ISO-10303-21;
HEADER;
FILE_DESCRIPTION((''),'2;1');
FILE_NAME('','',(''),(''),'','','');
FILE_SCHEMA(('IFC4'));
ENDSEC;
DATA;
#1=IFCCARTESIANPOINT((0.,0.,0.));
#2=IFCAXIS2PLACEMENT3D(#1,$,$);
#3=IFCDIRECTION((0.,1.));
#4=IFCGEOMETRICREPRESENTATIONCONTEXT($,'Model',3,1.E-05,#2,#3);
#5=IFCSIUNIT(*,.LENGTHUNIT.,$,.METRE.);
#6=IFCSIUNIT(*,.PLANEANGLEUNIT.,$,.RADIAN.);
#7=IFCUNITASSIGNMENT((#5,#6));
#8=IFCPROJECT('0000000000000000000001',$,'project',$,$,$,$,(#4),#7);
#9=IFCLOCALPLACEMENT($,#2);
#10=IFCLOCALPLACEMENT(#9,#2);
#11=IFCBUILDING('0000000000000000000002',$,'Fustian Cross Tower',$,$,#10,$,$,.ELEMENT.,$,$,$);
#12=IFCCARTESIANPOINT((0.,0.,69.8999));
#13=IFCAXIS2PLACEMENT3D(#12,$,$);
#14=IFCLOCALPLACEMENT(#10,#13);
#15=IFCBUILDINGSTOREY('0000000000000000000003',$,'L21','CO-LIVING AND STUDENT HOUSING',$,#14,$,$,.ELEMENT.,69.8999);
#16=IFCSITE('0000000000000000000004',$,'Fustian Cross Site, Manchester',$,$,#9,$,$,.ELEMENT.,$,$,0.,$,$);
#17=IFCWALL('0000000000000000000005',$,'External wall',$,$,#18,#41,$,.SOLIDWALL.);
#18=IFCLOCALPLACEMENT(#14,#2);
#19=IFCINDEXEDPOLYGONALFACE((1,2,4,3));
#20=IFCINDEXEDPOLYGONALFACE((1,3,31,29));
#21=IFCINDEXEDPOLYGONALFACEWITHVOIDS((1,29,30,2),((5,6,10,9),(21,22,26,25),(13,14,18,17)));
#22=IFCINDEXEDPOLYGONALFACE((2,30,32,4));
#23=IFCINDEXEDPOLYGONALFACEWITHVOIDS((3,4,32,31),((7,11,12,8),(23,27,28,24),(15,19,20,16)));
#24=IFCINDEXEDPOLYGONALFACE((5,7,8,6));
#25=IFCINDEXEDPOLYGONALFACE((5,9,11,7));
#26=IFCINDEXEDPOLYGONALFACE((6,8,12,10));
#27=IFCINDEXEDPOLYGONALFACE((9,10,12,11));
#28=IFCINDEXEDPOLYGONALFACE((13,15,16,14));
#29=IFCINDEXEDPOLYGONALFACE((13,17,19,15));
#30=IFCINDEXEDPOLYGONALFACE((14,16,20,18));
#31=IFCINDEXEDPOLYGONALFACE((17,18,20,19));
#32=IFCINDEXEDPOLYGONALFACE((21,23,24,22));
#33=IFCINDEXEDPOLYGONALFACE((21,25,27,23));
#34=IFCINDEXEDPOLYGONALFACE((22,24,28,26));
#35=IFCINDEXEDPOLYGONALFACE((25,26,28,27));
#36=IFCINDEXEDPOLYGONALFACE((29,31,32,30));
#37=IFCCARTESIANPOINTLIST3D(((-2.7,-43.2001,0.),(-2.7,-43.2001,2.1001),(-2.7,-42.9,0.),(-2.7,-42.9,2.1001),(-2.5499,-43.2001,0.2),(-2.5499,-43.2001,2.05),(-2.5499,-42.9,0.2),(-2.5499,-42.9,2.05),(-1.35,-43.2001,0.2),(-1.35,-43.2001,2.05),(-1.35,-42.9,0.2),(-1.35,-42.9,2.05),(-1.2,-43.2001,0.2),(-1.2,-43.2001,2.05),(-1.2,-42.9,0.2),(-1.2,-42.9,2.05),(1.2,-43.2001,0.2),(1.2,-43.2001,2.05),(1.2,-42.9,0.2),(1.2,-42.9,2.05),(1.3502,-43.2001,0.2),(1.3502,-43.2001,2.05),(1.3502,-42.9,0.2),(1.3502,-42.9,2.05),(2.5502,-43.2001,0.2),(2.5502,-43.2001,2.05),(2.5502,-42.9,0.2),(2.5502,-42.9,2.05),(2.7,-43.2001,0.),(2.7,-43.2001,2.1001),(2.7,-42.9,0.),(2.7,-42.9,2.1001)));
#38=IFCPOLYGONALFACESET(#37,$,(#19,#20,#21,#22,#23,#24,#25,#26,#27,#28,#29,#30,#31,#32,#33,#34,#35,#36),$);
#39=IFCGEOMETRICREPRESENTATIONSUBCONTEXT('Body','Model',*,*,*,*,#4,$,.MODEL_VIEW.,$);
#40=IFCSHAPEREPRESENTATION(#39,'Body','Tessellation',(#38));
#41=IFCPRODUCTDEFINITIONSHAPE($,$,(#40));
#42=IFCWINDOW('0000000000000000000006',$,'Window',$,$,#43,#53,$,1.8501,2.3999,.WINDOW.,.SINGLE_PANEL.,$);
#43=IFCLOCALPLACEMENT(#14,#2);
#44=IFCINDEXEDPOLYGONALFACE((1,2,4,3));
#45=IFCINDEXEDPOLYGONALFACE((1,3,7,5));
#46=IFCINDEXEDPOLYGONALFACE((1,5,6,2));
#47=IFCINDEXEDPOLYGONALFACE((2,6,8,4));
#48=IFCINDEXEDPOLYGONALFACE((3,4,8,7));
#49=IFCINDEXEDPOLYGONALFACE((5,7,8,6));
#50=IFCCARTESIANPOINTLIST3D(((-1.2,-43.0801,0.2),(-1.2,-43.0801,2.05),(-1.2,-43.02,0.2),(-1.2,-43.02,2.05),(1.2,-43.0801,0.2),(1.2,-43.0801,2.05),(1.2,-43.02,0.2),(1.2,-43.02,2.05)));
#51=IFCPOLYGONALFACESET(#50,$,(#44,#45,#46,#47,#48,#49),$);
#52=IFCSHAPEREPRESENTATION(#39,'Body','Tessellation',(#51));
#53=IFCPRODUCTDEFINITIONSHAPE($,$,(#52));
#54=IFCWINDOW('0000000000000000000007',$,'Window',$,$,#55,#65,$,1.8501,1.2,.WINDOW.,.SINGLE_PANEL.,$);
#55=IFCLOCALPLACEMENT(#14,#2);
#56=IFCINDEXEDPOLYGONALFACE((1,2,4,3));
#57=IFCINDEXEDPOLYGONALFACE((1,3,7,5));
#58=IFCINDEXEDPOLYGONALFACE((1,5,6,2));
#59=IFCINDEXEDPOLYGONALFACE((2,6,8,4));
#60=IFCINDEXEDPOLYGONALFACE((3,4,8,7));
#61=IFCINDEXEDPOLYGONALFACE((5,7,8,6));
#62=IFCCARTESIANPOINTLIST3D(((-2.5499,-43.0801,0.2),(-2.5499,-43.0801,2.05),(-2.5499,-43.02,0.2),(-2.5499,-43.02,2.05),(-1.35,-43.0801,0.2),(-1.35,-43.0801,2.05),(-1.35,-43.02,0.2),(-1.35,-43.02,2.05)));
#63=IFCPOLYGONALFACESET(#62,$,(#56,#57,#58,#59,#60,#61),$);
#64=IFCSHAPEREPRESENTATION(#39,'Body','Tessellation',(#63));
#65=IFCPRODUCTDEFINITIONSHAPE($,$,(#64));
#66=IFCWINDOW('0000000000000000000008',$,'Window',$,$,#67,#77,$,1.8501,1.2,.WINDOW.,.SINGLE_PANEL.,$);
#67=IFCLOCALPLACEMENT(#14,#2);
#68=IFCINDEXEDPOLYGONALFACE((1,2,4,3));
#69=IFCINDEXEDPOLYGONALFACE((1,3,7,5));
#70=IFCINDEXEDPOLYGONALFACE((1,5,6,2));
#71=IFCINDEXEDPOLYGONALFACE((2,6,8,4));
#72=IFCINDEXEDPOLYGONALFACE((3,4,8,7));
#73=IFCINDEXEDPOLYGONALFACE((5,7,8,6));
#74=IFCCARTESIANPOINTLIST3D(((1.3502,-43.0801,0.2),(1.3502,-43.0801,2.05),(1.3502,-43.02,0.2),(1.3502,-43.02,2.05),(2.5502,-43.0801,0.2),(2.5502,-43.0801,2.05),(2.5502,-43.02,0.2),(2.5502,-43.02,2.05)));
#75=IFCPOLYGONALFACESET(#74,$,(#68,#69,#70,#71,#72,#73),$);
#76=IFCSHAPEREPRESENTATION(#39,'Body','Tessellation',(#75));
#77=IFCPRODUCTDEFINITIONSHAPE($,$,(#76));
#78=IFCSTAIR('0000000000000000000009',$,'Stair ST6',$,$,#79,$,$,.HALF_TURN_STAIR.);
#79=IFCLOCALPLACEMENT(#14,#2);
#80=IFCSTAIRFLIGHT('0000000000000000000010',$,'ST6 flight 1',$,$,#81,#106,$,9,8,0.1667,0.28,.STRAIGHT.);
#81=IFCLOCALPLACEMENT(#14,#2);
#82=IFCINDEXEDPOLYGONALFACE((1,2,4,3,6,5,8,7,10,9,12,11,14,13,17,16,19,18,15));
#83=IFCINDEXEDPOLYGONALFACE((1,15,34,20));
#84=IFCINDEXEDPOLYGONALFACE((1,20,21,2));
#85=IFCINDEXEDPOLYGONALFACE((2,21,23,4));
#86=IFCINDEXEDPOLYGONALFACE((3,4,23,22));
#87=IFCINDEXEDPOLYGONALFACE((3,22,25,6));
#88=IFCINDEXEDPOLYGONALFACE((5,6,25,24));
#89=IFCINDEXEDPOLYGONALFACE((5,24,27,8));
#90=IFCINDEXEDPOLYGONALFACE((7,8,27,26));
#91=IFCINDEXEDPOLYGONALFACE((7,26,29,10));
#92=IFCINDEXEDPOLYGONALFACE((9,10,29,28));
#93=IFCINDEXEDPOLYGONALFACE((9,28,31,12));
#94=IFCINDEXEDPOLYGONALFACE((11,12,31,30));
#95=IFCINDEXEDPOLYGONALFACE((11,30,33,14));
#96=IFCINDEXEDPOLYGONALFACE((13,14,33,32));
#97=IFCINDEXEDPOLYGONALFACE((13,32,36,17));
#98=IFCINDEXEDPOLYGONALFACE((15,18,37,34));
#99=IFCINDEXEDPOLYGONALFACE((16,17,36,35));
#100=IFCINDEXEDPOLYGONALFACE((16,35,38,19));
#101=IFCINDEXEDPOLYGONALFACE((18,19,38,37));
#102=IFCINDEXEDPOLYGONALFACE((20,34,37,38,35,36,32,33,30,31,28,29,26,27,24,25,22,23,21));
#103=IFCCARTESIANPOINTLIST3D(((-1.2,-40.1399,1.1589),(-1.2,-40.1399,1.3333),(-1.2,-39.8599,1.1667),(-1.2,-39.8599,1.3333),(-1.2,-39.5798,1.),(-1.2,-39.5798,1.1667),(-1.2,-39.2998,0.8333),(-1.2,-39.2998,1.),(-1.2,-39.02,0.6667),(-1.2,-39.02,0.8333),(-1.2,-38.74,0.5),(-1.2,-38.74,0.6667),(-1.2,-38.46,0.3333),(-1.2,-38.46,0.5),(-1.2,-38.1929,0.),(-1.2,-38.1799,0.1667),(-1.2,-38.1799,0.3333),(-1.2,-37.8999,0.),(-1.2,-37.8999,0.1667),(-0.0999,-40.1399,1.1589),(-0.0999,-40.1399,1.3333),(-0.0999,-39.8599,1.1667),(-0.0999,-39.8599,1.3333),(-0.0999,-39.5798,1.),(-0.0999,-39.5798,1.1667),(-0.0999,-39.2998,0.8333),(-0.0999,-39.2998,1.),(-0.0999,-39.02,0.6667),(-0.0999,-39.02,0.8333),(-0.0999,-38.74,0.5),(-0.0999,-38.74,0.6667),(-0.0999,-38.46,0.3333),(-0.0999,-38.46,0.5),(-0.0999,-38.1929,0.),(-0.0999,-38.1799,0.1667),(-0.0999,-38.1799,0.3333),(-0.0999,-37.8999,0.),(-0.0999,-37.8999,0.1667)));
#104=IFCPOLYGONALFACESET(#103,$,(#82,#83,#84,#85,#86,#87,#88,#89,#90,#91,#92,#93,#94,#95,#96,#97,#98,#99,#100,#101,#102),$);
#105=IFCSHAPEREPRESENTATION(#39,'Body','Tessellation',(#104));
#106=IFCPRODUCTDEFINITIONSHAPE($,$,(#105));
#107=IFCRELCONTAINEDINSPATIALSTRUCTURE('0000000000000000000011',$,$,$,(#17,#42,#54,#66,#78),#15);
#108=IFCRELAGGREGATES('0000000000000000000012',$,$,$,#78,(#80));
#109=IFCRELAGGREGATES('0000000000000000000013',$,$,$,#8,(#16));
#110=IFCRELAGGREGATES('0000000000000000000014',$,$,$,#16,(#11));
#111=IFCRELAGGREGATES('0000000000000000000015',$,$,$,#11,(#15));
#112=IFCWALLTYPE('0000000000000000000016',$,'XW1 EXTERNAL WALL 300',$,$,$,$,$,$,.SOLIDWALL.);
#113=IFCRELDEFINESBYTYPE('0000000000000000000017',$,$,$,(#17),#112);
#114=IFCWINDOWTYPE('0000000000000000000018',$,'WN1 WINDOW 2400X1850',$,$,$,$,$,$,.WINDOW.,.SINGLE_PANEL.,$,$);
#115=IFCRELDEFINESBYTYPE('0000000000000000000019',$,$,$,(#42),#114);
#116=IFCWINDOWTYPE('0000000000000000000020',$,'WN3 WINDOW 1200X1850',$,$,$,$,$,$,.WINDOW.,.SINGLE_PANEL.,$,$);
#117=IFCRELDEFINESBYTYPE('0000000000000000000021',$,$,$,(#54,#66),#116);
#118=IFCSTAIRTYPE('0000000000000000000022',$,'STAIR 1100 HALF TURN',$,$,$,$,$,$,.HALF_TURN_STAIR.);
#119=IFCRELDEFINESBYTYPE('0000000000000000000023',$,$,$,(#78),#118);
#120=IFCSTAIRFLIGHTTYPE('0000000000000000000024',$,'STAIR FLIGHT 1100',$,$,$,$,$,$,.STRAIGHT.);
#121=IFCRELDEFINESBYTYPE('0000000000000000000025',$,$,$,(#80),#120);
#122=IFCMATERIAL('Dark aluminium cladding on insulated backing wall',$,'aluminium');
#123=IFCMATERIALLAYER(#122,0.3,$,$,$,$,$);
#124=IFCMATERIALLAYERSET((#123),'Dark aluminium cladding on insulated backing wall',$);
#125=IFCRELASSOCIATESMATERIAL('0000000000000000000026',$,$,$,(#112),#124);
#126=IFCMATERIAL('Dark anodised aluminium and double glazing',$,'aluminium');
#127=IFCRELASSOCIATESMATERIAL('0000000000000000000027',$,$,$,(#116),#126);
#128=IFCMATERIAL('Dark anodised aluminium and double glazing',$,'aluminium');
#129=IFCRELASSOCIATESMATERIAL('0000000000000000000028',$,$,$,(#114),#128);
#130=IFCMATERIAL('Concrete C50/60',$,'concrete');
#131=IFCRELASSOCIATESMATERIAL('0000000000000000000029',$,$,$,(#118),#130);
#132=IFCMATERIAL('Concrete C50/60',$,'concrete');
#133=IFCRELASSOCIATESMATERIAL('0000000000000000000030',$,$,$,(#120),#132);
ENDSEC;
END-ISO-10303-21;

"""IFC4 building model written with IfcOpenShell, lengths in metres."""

from ifc_helpers import new_model, si_unit, direction, frame, frame_2d, origin, place, context, subcontext, project, spatial, polyline, rectangle, outline, extrude, material, layer, layer_set, type_object, element, fill, aggregate, save


model = new_model("IFC4")

# Units and contexts
model_context = context("Model", 3, precision=1e-05, world=origin(), true_north=direction((0.0, 1.0)))
body_context = subcontext(model_context, "Body", "Model", "MODEL_VIEW")
ifc_project = project(units=[si_unit("LENGTHUNIT", "METRE"), si_unit("PLANEANGLEUNIT", "RADIAN")], contexts=[model_context])

# Site, building, storey
site_placement = place(None, origin())
site = spatial("IfcSite", under=ifc_project, at=site_placement, Name="Fustian Cross Site, Manchester", CompositionType="ELEMENT", RefElevation=0.0)
building_placement = place(site_placement, origin())
building = spatial("IfcBuilding", under=site, at=building_placement, Name="Fustian Cross Tower", CompositionType="ELEMENT")
storey_placement = place(building_placement, frame((0.0, 0.0, 69.8999)))
storey = spatial("IfcBuildingStorey", under=building, at=storey_placement, Name="L21", Description="CO-LIVING AND STUDENT HOUSING", CompositionType="ELEMENT", Elevation=69.8999)

# Shared definitions
ifc_material_1 = material(Name="Dark aluminium cladding on insulated backing wall", Category="aluminium")
ifc_layer_1 = layer(ifc_material_1, 0.3)
ifc_layer_set_1 = layer_set([ifc_layer_1], Name="Dark aluminium cladding on insulated backing wall")
wall_type_1 = type_object("IfcWallType", Name="XW1 EXTERNAL WALL 300", PredefinedType="SOLIDWALL", material=ifc_layer_set_1)

# Shared definitions
ifc_material_2 = material(Name="Dark anodised aluminium and double glazing", Category="aluminium")
window_type_1 = type_object("IfcWindowType", Name="WN3 WINDOW 1200X1850", PartitioningType="SINGLE_PANEL", PredefinedType="WINDOW", material=ifc_material_2)

# Wall, openings, windows
wall_1_placement = place(storey_placement, frame((-2.7, -43.05, 0.0), z_axis=(0.0, 0.0, 1.0), x_axis=(1.0, 0.0, 0.0)))
wall_1 = element("IfcWall", 1, at=wall_1_placement, inside=storey, type_object=wall_type_1, Name="External wall", PredefinedType="SOLIDWALL", context=body_context, shape_type="SweptSolid", body=[
    extrude(rectangle(XDim=5.3999, YDim=0.3, at=frame_2d((2.7, 0.0))), origin(), (0.0, 0.0, 1.0), 2.1001),
])
opening_1_placement = place(wall_1_placement, frame((1.5, 0.0, 0.2)))
opening_1 = element("IfcOpeningElement", 2, at=opening_1_placement, cuts=wall_1, PredefinedType="OPENING", context=body_context, shape_type="SweptSolid", body=[
    extrude(rectangle(XDim=2.3999, YDim=1.8501, at=frame_2d((1.2, 0.925))), frame((0.0, 0.1599, 0.0), z_axis=(0.0, -1.0, 0.0), x_axis=(1.0, 0.0, 0.0)), (0.0, 0.0, 1.0), 0.3201),
])
opening_2_placement = place(wall_1_placement, frame((0.1499, 0.0, 0.2)))
opening_2 = element("IfcOpeningElement", 3, at=opening_2_placement, cuts=wall_1, PredefinedType="OPENING", context=body_context, shape_type="SweptSolid", body=[
    extrude(rectangle(XDim=1.2, YDim=1.8501, at=frame_2d((0.6001, 0.925))), frame((0.0, 0.1599, 0.0), z_axis=(0.0, -1.0, 0.0), x_axis=(1.0, 0.0, 0.0)), (0.0, 0.0, 1.0), 0.3201),
])
opening_3_placement = place(wall_1_placement, frame((4.05, 0.0, 0.2)))
opening_3 = element("IfcOpeningElement", 4, at=opening_3_placement, cuts=wall_1, PredefinedType="OPENING", context=body_context, shape_type="SweptSolid", body=[
    extrude(rectangle(XDim=1.2, YDim=1.8501, at=frame_2d((0.6001, 0.925))), frame((0.0, 0.1599, 0.0), z_axis=(0.0, -1.0, 0.0), x_axis=(1.0, 0.0, 0.0)), (0.0, 0.0, 1.0), 0.3201),
])
ifc_material_3 = material(Name="Dark anodised aluminium and double glazing", Category="aluminium")
window_type_2 = type_object("IfcWindowType", Name="WN1 WINDOW 2400X1850", PartitioningType="SINGLE_PANEL", PredefinedType="WINDOW", material=ifc_material_3)
window_1_placement = place(opening_1_placement, origin())
window_1 = element("IfcWindow", 5, at=window_1_placement, inside=storey, type_object=window_type_2, Name="Window", OverallHeight=1.8501, OverallWidth=2.3999, PartitioningType="SINGLE_PANEL", PredefinedType="WINDOW", context=body_context, shape_type="SweptSolid", body=[
    extrude(rectangle(XDim=2.3999, YDim=1.8501, at=frame_2d((1.2, 0.925))), frame((0.0, 0.03, 0.0), z_axis=(0.0, -1.0, 0.0), x_axis=(1.0, 0.0, 0.0)), (0.0, 0.0, 1.0), 0.0601),
])
fill(opening_1, window_1)
window_2_placement = place(opening_2_placement, origin())
window_2 = element("IfcWindow", 6, at=window_2_placement, inside=storey, type_object=window_type_1, Name="Window", OverallHeight=1.8501, OverallWidth=1.2, PartitioningType="SINGLE_PANEL", PredefinedType="WINDOW", context=body_context, shape_type="SweptSolid", body=[
    extrude(rectangle(XDim=1.2, YDim=1.8501, at=frame_2d((0.6001, 0.925))), frame((0.0, 0.03, 0.0), z_axis=(0.0, -1.0, 0.0), x_axis=(1.0, 0.0, 0.0)), (0.0, 0.0, 1.0), 0.0601),
])
fill(opening_2, window_2)
window_3_placement = place(opening_3_placement, origin())
window_3 = element("IfcWindow", 7, at=window_3_placement, inside=storey, type_object=window_type_1, Name="Window", OverallHeight=1.8501, OverallWidth=1.2, PartitioningType="SINGLE_PANEL", PredefinedType="WINDOW", context=body_context, shape_type="SweptSolid", body=[
    extrude(rectangle(XDim=1.2, YDim=1.8501, at=frame_2d((0.6001, 0.925))), frame((0.0, 0.03, 0.0), z_axis=(0.0, -1.0, 0.0), x_axis=(1.0, 0.0, 0.0)), (0.0, 0.0, 1.0), 0.0601),
])
fill(opening_3, window_3)

# Stair, stair flight
ifc_material_4 = material(Name="Concrete C50/60", Category="concrete")
stair_type = type_object("IfcStairType", Name="STAIR 1100 HALF TURN", PredefinedType="HALF_TURN_STAIR", material=ifc_material_4)
stair_placement = place(storey_placement, origin())
stair = element("IfcStair", 8, at=stair_placement, inside=storey, type_object=stair_type, Name="Stair ST6", PredefinedType="HALF_TURN_STAIR")
ifc_material_5 = material(Name="Concrete C50/60", Category="concrete")
stair_flight_type = type_object("IfcStairFlightType", Name="STAIR FLIGHT 1100", PredefinedType="STRAIGHT", material=ifc_material_5)
stair_flight_placement = place(storey_placement, frame((-0.6499, -37.8999, 0.0), z_axis=(0.0, 0.0, 1.0), x_axis=(0.0, -1.0, 0.0)))
stair_flight = element("IfcStairFlight", 9, at=stair_flight_placement, type_object=stair_flight_type, Name="ST6 flight 1", NumberOfRisers=9, NumberOfTreads=8, PredefinedType="STRAIGHT", RiserHeight=0.1667, TreadLength=0.28, context=body_context, shape_type="SweptSolid", body=[
    extrude(outline(polyline([(0.0, 0.0), (0.0, 0.1667), (0.28, 0.1667), (0.28, 0.3333), (0.5601, 0.3333), (0.5601, 0.5), (0.8401, 0.5), (0.8401, 0.6667), (1.1201, 0.6667), (1.1201, 0.8333), (1.3999, 0.8333), (1.3999, 1.0), (1.6799, 1.0), (1.6799, 1.1667), (1.96, 1.1667), (1.96, 1.3333), (2.24, 1.3333), (2.24, 1.5), (2.24, 1.1589), (0.293, 0.0), (0.0, 0.0)])), frame((0.0, 0.55, 0.0), z_axis=(0.0, -1.0, 0.0), x_axis=(1.0, 0.0, 0.0)), (0.0, 0.0, 1.0), 1.1001),
])
aggregate(stair, [stair_flight])

save(model, "model.ifc")
